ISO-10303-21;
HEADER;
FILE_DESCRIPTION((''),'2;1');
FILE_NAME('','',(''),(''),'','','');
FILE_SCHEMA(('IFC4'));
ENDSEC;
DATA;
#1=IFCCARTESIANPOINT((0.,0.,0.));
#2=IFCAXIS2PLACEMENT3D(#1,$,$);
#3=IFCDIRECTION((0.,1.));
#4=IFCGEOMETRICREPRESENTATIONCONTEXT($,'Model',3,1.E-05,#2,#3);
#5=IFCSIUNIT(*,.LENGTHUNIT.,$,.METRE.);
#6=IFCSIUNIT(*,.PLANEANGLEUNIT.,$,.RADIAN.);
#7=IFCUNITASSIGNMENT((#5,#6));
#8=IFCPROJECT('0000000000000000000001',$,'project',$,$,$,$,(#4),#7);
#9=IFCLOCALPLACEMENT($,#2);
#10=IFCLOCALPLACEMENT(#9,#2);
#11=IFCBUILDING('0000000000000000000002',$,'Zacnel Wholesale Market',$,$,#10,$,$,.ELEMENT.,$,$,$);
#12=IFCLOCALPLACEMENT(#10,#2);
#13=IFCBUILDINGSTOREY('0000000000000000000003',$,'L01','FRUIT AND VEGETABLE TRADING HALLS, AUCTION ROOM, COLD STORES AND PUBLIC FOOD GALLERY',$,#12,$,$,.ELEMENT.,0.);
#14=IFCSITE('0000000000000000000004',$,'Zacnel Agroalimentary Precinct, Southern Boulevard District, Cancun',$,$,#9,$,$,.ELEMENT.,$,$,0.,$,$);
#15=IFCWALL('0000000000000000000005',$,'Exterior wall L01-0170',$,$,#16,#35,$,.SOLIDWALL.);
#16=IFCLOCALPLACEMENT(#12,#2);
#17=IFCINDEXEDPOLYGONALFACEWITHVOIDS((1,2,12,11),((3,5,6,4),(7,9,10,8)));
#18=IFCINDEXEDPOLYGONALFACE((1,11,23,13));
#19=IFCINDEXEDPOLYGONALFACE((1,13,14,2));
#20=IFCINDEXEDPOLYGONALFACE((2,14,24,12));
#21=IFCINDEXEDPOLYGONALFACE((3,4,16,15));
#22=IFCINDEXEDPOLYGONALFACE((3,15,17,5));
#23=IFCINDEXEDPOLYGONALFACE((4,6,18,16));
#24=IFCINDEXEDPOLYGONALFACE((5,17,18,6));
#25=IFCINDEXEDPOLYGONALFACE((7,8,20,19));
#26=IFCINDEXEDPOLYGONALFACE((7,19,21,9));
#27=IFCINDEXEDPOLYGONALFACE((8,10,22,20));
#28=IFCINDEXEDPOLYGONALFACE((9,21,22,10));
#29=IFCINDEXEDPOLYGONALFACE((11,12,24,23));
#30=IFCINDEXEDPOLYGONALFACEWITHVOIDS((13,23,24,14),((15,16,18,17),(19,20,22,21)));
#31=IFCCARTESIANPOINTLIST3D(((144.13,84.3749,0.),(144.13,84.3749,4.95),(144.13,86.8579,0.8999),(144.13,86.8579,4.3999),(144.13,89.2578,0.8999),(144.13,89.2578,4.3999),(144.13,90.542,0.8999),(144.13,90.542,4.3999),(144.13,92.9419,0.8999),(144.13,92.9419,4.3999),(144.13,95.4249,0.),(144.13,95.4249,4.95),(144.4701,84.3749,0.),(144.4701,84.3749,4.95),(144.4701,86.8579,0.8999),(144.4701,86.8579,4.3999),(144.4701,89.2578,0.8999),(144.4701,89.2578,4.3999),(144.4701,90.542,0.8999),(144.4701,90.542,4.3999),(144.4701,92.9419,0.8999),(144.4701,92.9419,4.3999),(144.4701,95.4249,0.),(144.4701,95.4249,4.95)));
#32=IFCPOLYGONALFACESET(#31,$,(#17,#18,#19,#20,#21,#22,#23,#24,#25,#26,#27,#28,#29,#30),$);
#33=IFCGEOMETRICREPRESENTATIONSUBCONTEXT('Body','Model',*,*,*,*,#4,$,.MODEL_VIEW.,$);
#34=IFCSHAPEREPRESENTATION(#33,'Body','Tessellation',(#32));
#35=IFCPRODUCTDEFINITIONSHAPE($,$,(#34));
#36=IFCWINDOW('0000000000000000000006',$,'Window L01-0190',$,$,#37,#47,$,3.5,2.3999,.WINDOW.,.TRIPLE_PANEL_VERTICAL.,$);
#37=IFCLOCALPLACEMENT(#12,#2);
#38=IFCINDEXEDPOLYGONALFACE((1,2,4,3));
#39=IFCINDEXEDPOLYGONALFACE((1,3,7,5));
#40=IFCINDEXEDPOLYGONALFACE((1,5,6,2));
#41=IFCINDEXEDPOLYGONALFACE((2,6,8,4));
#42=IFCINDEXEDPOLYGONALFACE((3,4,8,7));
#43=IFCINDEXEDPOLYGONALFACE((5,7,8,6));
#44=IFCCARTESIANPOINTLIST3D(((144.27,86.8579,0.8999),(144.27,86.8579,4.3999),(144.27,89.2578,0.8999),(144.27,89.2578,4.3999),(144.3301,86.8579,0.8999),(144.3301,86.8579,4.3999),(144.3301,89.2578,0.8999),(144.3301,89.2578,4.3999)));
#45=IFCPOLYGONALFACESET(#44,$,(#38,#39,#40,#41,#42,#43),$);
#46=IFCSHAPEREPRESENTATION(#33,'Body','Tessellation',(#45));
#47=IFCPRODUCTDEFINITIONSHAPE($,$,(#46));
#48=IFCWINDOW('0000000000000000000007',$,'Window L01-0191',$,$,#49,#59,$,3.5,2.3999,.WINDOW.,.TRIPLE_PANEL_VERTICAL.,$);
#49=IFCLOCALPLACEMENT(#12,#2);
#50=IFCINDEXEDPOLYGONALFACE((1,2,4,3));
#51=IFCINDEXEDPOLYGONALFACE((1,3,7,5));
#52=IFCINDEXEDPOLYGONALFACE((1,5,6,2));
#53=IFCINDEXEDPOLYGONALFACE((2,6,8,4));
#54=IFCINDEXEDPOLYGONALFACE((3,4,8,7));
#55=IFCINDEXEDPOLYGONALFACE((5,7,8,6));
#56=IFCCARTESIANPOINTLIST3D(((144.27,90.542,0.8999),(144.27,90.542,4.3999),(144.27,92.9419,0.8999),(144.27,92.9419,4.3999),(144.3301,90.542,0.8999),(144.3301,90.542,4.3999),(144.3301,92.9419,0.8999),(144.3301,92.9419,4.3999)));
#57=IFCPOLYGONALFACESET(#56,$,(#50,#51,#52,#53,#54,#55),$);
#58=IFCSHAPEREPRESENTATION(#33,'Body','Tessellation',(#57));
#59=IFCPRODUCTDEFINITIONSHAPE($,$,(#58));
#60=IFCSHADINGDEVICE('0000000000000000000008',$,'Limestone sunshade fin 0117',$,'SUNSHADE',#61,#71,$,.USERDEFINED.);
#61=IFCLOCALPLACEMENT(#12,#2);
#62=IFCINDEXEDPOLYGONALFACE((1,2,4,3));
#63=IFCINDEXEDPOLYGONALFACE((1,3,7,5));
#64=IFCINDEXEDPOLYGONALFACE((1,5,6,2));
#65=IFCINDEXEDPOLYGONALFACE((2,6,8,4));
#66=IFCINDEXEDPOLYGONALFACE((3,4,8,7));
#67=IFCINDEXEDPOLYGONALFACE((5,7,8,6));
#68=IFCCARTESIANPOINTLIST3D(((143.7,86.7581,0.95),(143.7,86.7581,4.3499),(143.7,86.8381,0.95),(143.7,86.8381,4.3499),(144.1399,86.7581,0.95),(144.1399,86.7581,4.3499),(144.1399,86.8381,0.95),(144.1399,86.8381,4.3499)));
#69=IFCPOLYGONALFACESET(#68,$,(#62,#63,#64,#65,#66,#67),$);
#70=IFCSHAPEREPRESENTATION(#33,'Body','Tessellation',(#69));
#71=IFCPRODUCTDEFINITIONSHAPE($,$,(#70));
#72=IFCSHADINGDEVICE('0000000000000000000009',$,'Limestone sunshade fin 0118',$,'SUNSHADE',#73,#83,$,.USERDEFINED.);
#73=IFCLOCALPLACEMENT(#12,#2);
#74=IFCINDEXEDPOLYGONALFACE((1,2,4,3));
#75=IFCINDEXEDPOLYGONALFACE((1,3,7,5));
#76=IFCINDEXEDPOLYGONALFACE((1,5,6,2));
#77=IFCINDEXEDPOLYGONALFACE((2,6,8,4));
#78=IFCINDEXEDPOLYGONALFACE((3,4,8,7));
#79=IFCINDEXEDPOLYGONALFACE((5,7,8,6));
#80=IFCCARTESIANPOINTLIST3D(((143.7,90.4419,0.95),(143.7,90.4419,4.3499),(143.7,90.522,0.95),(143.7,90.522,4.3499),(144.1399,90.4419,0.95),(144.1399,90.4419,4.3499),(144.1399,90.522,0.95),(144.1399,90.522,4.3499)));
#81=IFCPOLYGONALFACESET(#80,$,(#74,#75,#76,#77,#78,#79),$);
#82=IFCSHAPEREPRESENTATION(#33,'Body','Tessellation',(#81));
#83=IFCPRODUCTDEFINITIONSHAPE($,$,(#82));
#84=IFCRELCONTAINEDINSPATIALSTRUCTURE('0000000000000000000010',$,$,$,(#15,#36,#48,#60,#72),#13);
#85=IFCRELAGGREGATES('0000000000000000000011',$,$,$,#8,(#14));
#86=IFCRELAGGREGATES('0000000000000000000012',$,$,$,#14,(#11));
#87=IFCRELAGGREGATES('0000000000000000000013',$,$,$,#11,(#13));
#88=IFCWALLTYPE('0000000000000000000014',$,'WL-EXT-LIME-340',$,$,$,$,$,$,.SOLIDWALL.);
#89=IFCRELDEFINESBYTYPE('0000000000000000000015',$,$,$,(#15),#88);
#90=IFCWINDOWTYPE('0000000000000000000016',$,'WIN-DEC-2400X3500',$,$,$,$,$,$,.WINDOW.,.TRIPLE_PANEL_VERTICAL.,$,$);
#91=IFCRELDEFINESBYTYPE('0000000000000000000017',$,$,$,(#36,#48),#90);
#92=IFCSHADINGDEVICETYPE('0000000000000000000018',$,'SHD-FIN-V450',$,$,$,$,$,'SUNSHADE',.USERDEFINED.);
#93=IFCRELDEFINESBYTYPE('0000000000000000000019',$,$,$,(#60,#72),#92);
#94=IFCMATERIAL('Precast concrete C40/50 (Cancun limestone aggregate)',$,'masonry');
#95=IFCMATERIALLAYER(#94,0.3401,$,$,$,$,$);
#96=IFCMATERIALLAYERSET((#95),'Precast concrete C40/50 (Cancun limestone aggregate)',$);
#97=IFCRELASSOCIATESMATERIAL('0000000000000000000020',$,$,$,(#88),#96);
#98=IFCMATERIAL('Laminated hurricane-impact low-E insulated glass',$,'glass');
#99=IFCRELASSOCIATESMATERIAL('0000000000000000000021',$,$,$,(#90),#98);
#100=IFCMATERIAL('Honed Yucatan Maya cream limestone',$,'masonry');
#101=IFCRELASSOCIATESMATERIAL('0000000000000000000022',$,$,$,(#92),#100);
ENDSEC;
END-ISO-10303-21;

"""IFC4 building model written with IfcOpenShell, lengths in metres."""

from ifc_helpers import new_model, si_unit, direction, frame, frame_2d, origin, origin_2d, place, context, subcontext, project, spatial, rectangle, extrude, material, layer, layer_set, type_object, element, fill, save


model = new_model("IFC4")

# Units and contexts
model_context = context("Model", 3, precision=1e-05, world=origin(), true_north=direction((0.0, 1.0)))
body_context = subcontext(model_context, "Body", "Model", "MODEL_VIEW")
ifc_project = project(units=[si_unit("LENGTHUNIT", "METRE"), si_unit("PLANEANGLEUNIT", "RADIAN")], contexts=[model_context])

# Site, building, storey
site_placement = place(None, origin())
site = spatial("IfcSite", under=ifc_project, at=site_placement, Name="Zacnel Agroalimentary Precinct, Southern Boulevard District, Cancun", CompositionType="ELEMENT", RefElevation=0.0)
building_placement = place(site_placement, origin())
building = spatial("IfcBuilding", under=site, at=building_placement, Name="Zacnel Wholesale Market", CompositionType="ELEMENT")
storey_placement = place(building_placement, origin())
storey = spatial("IfcBuildingStorey", under=building, at=storey_placement, Name="L01", Description="FRUIT AND VEGETABLE TRADING HALLS, AUCTION ROOM, COLD STORES AND PUBLIC FOOD GALLERY", CompositionType="ELEMENT", Elevation=0.0)

# Wall, openings, windows
ifc_material_1 = material(Name="Precast concrete C40/50 (Cancun limestone aggregate)", Category="masonry")
ifc_layer_1 = layer(ifc_material_1, 0.3401)
ifc_layer_set_1 = layer_set([ifc_layer_1], Name="Precast concrete C40/50 (Cancun limestone aggregate)")
wall_type = type_object("IfcWallType", Name="WL-EXT-LIME-340", PredefinedType="SOLIDWALL", material=ifc_layer_set_1)
wall_placement = place(storey_placement, frame((144.3, 84.375, 0.0), z_axis=(0.0, 0.0, 1.0), x_axis=(0.0, 1.0, 0.0)))
wall = element("IfcWall", 1, at=wall_placement, inside=storey, type_object=wall_type, Name="Exterior wall L01-0170", PredefinedType="SOLIDWALL", context=body_context, shape_type="SweptSolid", body=[
    extrude(rectangle(XDim=11.05, YDim=0.3401, at=frame_2d((5.5249, 0.0))), origin(), (0.0, 0.0, 1.0), 4.95),
])
opening_1_placement = place(wall_placement, frame((2.4829, 0.0, 0.8999)))
opening_1 = element("IfcOpeningElement", 2, at=opening_1_placement, cuts=wall, PredefinedType="OPENING", context=body_context, shape_type="SweptSolid", body=[
    extrude(rectangle(XDim=2.3999, YDim=3.5, at=frame_2d((1.2, 1.75))), frame((0.0, 0.1799, 0.0), z_axis=(0.0, -1.0, 0.0), x_axis=(1.0, 0.0, 0.0)), (0.0, 0.0, 1.0), 0.3601),
])
opening_2_placement = place(wall_placement, frame((6.167, 0.0, 0.8999)))
opening_2 = element("IfcOpeningElement", 3, at=opening_2_placement, cuts=wall, PredefinedType="OPENING", context=body_context, shape_type="SweptSolid", body=[
    extrude(rectangle(XDim=2.3999, YDim=3.5, at=frame_2d((1.2, 1.75))), frame((0.0, 0.1799, 0.0), z_axis=(0.0, -1.0, 0.0), x_axis=(1.0, 0.0, 0.0)), (0.0, 0.0, 1.0), 0.3601),
])
ifc_material_2 = material(Name="Laminated hurricane-impact low-E insulated glass", Category="glass")
window_type = type_object("IfcWindowType", Name="WIN-DEC-2400X3500", PartitioningType="TRIPLE_PANEL_VERTICAL", PredefinedType="WINDOW", material=ifc_material_2)
window_1_placement = place(opening_1_placement, origin())
window_1 = element("IfcWindow", 4, at=window_1_placement, inside=storey, type_object=window_type, Name="Window L01-0190", OverallHeight=3.5, OverallWidth=2.3999, PartitioningType="TRIPLE_PANEL_VERTICAL", PredefinedType="WINDOW", context=body_context, shape_type="SweptSolid", body=[
    extrude(rectangle(XDim=2.3999, YDim=3.5, at=frame_2d((1.2, 1.75))), frame((0.0, 0.03, 0.0), z_axis=(0.0, -1.0, 0.0), x_axis=(1.0, 0.0, 0.0)), (0.0, 0.0, 1.0), 0.0601),
])
fill(opening_1, window_1)
window_2_placement = place(opening_2_placement, origin())
window_2 = element("IfcWindow", 5, at=window_2_placement, inside=storey, type_object=window_type, Name="Window L01-0191", OverallHeight=3.5, OverallWidth=2.3999, PartitioningType="TRIPLE_PANEL_VERTICAL", PredefinedType="WINDOW", context=body_context, shape_type="SweptSolid", body=[
    extrude(rectangle(XDim=2.3999, YDim=3.5, at=frame_2d((1.2, 1.75))), frame((0.0, 0.03, 0.0), z_axis=(0.0, -1.0, 0.0), x_axis=(1.0, 0.0, 0.0)), (0.0, 0.0, 1.0), 0.0601),
])
fill(opening_2, window_2)

# Shading devices
ifc_material_3 = material(Name="Honed Yucatan Maya cream limestone", Category="masonry")
shading_device_type = type_object("IfcShadingDeviceType", Name="SHD-FIN-V450", ElementType="SUNSHADE", PredefinedType="USERDEFINED", material=ifc_material_3)
for number, where, z_axis, x_axis, name in (
    (6, (143.9199, 86.7981, 0.95), (0.0, 0.0, 1.0), (0.0, 1.0, 0.0), "Limestone sunshade fin 0117"),
    (7, (143.9199, 90.4819, 0.95), (0.0, 0.0, 1.0), (0.0, 1.0, 0.0), "Limestone sunshade fin 0118"),
):
    element("IfcShadingDevice", number, at=place(storey_placement, frame(where, z_axis=z_axis, x_axis=x_axis)), inside=storey, type_object=shading_device_type, Name=name, ObjectType="SUNSHADE", PredefinedType="USERDEFINED", context=body_context, shape_type="SweptSolid", body=[
        extrude(rectangle(XDim=0.0801, YDim=0.4399, at=origin_2d()), origin(), (0.0, 0.0, 1.0), 3.3999),
    ])

save(model, "model.ifc")
